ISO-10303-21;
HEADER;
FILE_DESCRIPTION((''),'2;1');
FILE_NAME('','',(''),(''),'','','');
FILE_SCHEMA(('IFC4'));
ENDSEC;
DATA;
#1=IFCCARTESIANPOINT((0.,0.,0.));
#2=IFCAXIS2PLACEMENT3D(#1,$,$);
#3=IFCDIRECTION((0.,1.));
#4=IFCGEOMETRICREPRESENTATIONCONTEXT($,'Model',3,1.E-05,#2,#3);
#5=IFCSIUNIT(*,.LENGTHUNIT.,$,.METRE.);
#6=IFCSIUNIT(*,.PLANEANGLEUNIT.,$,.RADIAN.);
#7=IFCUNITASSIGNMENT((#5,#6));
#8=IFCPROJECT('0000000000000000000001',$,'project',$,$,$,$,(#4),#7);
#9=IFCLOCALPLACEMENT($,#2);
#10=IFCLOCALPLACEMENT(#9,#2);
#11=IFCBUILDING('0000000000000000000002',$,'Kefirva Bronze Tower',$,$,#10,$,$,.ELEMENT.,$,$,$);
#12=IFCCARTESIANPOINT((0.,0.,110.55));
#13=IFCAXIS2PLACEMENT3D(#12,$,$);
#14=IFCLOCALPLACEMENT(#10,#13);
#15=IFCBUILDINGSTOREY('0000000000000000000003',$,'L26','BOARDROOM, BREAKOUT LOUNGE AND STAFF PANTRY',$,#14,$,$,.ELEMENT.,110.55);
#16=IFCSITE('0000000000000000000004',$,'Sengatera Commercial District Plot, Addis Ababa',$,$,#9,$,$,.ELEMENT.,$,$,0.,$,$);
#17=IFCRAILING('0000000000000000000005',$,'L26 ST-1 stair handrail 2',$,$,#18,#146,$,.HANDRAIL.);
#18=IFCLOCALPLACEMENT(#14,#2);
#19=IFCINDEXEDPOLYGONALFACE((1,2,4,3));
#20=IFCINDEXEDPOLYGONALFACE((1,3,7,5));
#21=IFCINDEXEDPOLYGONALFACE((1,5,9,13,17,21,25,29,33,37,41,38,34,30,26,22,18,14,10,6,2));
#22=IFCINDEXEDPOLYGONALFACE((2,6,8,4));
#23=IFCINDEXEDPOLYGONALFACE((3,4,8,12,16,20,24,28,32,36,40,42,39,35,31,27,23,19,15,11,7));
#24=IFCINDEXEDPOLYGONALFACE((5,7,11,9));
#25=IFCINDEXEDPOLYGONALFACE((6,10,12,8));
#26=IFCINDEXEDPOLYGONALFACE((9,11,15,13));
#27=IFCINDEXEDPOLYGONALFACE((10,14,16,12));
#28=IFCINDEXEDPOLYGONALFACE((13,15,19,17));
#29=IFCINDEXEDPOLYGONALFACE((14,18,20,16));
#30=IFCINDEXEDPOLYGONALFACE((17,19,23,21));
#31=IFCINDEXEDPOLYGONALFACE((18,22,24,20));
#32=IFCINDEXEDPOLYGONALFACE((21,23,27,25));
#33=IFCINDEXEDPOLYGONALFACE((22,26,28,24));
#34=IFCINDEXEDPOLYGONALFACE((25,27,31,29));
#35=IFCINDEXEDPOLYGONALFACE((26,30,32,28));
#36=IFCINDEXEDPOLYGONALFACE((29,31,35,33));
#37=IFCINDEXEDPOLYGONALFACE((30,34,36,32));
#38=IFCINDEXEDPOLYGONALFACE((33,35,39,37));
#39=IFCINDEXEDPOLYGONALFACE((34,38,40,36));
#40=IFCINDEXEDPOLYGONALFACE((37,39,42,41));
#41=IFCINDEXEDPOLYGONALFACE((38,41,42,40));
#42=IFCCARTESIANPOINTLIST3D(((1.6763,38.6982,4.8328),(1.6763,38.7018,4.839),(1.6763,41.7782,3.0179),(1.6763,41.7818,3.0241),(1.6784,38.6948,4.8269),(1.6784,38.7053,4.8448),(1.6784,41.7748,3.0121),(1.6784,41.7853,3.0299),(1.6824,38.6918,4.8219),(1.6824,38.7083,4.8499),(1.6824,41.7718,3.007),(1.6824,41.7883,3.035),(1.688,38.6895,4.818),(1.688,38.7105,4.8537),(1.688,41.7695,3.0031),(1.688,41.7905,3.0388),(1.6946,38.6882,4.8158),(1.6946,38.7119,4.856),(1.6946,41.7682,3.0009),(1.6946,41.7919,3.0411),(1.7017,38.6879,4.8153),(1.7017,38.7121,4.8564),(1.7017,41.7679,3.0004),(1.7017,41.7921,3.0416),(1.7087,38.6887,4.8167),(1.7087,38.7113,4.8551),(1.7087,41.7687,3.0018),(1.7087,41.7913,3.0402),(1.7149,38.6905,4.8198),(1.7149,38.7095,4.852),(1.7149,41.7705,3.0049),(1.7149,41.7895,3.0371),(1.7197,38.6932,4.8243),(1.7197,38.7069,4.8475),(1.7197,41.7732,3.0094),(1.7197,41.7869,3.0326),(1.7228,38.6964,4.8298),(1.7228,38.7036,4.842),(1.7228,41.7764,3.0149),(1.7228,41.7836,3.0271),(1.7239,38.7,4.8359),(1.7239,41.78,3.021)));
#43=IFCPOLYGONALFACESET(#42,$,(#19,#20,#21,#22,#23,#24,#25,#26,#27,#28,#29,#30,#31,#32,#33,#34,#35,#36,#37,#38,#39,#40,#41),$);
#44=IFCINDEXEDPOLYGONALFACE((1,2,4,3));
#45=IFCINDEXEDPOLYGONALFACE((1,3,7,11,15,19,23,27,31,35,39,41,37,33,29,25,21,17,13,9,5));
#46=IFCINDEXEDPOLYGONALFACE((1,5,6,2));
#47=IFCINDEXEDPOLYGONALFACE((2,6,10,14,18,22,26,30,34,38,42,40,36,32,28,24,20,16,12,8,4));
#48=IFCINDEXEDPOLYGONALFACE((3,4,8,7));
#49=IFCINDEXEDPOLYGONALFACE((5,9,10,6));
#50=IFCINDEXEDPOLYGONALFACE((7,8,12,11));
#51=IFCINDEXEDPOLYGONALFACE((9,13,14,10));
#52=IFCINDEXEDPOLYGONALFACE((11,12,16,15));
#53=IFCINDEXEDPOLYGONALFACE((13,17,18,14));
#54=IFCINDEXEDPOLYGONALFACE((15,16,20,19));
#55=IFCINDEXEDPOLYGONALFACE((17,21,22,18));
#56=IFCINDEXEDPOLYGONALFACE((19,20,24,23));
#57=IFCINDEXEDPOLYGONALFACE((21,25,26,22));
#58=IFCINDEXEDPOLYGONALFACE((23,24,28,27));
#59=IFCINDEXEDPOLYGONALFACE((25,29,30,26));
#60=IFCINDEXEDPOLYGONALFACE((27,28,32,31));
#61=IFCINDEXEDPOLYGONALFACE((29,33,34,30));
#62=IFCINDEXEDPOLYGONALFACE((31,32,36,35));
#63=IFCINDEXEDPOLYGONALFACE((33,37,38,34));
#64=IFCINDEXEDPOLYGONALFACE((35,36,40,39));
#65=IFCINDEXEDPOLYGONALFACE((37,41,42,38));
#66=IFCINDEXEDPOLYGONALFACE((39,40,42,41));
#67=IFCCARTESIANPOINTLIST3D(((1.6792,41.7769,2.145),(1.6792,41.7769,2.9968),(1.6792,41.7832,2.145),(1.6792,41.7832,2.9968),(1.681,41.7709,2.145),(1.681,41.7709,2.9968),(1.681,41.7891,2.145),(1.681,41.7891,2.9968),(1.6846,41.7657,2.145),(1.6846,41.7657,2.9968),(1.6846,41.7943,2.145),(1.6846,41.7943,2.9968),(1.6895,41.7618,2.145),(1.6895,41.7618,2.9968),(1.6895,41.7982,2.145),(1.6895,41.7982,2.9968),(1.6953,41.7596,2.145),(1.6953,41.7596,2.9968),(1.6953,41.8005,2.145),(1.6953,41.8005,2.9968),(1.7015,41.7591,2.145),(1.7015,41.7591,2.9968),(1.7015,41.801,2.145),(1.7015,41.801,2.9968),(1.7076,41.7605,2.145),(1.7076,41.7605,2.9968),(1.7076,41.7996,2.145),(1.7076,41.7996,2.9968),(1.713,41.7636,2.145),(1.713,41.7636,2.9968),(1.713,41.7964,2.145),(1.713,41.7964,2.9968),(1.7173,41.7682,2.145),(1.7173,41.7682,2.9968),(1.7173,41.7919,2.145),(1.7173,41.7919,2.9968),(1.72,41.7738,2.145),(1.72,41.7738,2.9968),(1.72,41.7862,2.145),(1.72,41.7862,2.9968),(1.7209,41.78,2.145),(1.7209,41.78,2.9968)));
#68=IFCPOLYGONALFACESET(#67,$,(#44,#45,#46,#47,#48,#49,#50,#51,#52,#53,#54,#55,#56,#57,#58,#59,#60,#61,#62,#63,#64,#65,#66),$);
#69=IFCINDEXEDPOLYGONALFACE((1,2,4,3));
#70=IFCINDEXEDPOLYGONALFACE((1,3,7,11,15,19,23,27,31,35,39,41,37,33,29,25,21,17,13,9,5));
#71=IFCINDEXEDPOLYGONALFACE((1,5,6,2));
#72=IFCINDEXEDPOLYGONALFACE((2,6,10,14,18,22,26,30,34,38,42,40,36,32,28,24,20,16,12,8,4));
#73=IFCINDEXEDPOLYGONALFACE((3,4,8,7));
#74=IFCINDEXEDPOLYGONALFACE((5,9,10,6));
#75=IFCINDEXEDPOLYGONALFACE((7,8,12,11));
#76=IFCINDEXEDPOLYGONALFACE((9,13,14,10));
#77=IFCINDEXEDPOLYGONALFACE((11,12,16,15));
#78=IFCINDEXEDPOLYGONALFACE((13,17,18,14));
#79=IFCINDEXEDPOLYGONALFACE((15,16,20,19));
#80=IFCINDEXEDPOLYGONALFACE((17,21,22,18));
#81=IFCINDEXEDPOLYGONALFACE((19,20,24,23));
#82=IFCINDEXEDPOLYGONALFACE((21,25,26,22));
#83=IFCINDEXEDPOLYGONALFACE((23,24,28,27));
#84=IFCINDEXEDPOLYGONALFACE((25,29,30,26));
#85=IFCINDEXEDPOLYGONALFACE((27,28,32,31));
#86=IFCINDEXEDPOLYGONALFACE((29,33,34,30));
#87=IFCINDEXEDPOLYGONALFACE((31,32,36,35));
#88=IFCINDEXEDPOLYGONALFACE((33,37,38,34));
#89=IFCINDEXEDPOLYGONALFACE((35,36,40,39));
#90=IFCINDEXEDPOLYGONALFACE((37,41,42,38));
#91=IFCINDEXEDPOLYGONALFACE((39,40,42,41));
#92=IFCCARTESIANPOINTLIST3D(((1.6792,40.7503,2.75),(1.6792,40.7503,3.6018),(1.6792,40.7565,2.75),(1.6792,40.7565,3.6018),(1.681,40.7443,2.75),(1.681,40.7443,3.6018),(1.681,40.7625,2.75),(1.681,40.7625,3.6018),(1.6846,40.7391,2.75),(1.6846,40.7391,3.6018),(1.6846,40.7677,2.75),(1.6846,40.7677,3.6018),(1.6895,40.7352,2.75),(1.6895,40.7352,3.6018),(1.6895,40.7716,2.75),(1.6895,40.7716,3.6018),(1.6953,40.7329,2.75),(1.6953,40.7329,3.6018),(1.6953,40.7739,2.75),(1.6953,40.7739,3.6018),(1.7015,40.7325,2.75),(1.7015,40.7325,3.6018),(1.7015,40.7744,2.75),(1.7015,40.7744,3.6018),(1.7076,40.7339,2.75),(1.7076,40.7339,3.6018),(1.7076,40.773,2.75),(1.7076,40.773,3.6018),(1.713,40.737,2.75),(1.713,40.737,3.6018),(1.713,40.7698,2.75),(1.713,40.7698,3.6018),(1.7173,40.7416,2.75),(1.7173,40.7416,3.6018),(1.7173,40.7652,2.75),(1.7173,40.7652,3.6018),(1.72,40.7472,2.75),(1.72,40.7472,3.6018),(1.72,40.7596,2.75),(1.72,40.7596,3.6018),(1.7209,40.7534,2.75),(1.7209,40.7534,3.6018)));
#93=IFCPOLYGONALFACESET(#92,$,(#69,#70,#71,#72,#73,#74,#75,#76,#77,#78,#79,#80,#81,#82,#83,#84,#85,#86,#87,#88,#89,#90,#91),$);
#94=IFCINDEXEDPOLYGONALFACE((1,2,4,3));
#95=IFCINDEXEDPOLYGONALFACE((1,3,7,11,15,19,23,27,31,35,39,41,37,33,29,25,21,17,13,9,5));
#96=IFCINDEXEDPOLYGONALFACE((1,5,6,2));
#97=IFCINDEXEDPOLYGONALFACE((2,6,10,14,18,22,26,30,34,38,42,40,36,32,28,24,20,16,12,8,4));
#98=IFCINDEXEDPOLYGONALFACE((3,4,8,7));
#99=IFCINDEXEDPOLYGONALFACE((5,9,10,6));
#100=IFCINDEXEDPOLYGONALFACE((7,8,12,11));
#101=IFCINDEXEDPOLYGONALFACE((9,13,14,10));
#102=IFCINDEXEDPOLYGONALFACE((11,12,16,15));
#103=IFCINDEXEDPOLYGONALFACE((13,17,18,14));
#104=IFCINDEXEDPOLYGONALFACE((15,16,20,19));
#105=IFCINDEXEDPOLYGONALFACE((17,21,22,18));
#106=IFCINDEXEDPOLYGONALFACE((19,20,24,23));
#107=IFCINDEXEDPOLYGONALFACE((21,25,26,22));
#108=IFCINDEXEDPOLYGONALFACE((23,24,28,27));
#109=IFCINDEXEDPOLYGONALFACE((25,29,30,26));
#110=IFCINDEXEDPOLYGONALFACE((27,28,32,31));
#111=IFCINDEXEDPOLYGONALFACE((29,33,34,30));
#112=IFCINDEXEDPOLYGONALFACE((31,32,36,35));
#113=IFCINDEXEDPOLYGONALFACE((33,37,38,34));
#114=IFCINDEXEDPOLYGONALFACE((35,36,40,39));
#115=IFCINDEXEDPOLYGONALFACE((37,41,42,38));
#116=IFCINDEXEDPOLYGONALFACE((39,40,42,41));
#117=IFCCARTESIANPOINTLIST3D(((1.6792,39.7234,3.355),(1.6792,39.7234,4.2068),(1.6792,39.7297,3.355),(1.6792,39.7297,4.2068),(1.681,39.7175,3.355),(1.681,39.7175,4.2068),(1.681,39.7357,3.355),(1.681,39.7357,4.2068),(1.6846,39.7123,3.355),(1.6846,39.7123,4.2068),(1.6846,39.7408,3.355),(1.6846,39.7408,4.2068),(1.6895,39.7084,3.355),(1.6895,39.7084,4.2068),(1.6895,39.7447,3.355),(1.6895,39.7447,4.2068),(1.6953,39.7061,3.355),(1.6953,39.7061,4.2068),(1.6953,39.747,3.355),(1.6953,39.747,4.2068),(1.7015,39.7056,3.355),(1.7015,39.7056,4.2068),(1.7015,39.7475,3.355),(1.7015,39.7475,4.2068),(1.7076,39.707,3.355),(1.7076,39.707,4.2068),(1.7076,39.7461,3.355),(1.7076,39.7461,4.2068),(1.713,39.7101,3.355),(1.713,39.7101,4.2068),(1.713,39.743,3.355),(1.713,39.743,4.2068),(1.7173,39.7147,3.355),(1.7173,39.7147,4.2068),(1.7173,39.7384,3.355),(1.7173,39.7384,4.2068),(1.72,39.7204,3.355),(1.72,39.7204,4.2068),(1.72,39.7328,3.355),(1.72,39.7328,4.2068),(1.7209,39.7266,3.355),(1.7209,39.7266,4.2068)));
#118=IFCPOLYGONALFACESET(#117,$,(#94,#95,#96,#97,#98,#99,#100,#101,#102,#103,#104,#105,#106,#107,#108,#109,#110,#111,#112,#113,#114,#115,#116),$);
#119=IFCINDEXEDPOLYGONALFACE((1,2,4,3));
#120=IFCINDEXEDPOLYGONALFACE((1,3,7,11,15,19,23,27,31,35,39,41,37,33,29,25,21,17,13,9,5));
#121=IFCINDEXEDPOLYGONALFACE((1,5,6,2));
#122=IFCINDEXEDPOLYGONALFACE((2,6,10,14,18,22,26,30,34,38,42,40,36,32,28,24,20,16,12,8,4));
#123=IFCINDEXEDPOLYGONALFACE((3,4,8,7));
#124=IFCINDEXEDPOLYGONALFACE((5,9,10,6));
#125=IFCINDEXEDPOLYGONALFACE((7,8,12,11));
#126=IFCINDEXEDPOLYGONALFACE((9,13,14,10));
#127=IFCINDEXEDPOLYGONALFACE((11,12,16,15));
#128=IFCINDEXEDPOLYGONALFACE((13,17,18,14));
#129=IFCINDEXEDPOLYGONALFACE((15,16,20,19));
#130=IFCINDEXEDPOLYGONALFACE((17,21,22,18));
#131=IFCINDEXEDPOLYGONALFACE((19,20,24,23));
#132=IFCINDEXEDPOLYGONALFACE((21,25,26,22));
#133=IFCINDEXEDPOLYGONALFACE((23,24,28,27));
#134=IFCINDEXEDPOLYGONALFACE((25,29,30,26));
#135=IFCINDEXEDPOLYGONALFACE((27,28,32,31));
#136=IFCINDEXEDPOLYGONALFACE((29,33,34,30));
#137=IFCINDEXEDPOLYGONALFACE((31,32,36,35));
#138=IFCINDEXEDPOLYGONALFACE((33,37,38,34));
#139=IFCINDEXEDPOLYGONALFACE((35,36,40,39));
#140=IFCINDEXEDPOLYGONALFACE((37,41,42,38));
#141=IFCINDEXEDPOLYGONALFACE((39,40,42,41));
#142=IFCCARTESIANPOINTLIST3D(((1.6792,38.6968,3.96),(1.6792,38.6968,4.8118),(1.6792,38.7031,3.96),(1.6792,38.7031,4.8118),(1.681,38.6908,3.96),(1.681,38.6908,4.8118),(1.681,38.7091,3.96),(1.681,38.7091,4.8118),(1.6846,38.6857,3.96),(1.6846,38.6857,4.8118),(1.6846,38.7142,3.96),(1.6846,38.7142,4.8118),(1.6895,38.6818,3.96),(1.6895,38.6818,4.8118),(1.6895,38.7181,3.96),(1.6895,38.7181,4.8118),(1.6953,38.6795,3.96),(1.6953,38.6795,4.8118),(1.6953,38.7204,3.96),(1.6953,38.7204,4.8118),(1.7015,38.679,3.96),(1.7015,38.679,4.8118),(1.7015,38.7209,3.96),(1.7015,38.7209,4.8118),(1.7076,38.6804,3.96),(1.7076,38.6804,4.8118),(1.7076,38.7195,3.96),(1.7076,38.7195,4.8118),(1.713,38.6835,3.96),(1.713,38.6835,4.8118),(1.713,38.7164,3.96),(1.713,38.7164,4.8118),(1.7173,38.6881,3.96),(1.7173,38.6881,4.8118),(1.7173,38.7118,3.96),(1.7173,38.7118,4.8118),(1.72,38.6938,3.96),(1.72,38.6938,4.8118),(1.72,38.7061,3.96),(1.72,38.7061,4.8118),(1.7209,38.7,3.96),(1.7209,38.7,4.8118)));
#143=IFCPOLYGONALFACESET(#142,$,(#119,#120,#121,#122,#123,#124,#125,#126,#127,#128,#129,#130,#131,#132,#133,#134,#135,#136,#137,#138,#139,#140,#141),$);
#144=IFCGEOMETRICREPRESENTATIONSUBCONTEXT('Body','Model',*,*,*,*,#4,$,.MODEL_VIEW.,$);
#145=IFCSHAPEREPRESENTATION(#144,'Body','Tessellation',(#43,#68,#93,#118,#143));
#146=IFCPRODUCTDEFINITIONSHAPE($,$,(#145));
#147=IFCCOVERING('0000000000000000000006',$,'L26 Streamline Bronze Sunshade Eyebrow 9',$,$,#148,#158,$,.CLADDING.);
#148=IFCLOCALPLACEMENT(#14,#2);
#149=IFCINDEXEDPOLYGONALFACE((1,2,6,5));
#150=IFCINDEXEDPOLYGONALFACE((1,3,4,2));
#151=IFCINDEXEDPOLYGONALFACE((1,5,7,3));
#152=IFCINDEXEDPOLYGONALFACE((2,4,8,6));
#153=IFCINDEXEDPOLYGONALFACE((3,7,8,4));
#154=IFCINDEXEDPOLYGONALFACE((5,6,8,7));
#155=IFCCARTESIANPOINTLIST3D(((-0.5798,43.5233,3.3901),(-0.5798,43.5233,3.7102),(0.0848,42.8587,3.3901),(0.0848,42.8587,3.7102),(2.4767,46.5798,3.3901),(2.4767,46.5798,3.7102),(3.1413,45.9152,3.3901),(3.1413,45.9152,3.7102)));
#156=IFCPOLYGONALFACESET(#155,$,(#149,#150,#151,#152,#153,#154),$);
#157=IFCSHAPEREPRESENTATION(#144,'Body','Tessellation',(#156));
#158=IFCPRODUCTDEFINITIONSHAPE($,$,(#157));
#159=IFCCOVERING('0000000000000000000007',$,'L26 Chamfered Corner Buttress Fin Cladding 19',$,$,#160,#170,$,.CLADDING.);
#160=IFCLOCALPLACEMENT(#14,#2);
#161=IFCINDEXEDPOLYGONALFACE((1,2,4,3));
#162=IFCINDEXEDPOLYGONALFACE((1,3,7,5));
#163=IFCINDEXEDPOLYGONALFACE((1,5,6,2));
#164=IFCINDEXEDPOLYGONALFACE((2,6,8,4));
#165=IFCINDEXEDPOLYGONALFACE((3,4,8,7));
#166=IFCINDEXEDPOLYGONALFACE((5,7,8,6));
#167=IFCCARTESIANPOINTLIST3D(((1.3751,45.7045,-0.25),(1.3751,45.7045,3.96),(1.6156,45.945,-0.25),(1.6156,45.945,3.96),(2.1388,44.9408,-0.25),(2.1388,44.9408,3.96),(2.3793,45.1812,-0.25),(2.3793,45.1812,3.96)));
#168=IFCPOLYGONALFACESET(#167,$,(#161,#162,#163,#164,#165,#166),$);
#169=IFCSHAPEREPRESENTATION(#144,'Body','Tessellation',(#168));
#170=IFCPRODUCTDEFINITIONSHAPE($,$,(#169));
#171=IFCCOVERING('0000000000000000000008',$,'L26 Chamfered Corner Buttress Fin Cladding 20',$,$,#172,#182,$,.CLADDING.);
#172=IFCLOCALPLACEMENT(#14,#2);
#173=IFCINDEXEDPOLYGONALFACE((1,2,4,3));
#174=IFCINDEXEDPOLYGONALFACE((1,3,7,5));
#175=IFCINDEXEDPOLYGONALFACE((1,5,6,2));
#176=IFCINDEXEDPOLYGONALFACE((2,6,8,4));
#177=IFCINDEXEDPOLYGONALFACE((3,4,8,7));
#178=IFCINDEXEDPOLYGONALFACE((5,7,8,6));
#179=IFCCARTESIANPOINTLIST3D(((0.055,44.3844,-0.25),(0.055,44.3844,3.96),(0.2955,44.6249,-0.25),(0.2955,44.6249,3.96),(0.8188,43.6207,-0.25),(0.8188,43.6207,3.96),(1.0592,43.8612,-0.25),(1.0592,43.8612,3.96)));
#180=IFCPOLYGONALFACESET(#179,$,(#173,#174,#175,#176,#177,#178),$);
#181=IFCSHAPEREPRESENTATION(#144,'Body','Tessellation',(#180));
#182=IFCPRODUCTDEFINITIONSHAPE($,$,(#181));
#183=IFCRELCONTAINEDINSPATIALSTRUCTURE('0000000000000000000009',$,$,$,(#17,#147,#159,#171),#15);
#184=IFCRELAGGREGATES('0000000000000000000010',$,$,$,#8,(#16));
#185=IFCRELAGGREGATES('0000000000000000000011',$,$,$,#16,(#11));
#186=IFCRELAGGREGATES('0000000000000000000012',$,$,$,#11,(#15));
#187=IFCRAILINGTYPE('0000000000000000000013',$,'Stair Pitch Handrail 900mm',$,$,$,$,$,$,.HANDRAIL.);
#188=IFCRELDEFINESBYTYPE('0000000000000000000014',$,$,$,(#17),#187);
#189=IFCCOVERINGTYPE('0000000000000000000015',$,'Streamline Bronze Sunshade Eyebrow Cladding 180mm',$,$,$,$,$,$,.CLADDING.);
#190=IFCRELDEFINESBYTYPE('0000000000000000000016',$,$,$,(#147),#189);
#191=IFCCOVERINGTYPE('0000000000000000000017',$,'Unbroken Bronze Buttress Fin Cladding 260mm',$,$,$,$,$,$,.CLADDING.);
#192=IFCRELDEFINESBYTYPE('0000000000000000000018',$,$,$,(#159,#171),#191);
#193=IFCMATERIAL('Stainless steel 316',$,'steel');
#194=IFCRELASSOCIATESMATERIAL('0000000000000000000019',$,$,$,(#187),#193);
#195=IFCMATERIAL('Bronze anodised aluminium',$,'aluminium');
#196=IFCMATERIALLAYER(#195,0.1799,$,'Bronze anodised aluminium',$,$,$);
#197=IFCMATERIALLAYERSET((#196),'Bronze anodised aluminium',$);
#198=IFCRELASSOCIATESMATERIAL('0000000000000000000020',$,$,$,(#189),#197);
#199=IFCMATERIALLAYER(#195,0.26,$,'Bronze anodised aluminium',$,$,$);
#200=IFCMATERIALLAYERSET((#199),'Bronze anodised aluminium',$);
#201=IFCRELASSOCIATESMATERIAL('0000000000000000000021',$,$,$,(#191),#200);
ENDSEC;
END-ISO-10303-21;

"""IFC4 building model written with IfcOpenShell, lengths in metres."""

from ifc_helpers import new_model, si_unit, direction, frame, origin, origin_2d, place, context, subcontext, project, spatial, rectangle, circle, extrude, material, layer, layer_set, type_object, element, save


model = new_model("IFC4")

# Units and contexts
model_context = context("Model", 3, precision=1e-05, world=origin(), true_north=direction((0.0, 1.0)))
body_context = subcontext(model_context, "Body", "Model", "MODEL_VIEW")
ifc_project = project(units=[si_unit("LENGTHUNIT", "METRE"), si_unit("PLANEANGLEUNIT", "RADIAN")], contexts=[model_context])

# Site, building, storey
site_placement = place(None, origin())
site = spatial("IfcSite", under=ifc_project, at=site_placement, Name="Sengatera Commercial District Plot, Addis Ababa", CompositionType="ELEMENT", RefElevation=0.0)
building_placement = place(site_placement, origin())
building = spatial("IfcBuilding", under=site, at=building_placement, Name="Kefirva Bronze Tower", CompositionType="ELEMENT")
storey_placement = place(building_placement, frame((0.0, 0.0, 110.55)))
storey = spatial("IfcBuildingStorey", under=building, at=storey_placement, Name="L26", Description="BOARDROOM, BREAKOUT LOUNGE AND STAFF PANTRY", CompositionType="ELEMENT", Elevation=110.55)

# Shared definitions
ifc_material_1 = material(Name="Stainless steel 316", Category="steel")

# Shared definitions
ifc_material_2 = material(Name="Bronze anodised aluminium", Category="aluminium")

# Railing
railing_type_1 = type_object("IfcRailingType", Name="Stair Pitch Handrail 900mm", PredefinedType="HANDRAIL", material=ifc_material_1)
railing_1_placement = place(storey_placement, frame((1.7, 41.78, 2.145)))
element("IfcRailing", 1, at=railing_1_placement, inside=storey, type_object=railing_type_1, Name="L26 ST-1 stair handrail 2", PredefinedType="HANDRAIL", context=body_context, shape_type="SweptSolid", body=[
    extrude(circle(Radius=0.0239, at=origin_2d()), frame((0.0, 0.0, 0.876), z_axis=(0.0, -0.861551, 0.507671), x_axis=(1.0, 0.0, 0.0)), (0.0, 0.0, 1.0), 3.575),
    extrude(circle(Radius=0.021, at=origin_2d()), origin(), (0.0, 0.0, 1.0), 0.8518),
    extrude(circle(Radius=0.021, at=origin_2d()), frame((0.0, -1.0266, 0.605)), (0.0, 0.0, 1.0), 0.8518),
    extrude(circle(Radius=0.021, at=origin_2d()), frame((0.0, -2.0535, 1.21)), (0.0, 0.0, 1.0), 0.8518),
    extrude(circle(Radius=0.021, at=origin_2d()), frame((0.0, -3.0801, 1.8149)), (0.0, 0.0, 1.0), 0.8518),
])

# Coverings
ifc_layer_1 = layer(ifc_material_2, 0.1799, Name="Bronze anodised aluminium")
ifc_layer_set_1 = layer_set([ifc_layer_1], Name="Bronze anodised aluminium")
covering_type_1 = type_object("IfcCoveringType", Name="Streamline Bronze Sunshade Eyebrow Cladding 180mm", PredefinedType="CLADDING", material=ifc_layer_set_1)
covering_1_placement = place(storey_placement, frame((1.2808, 44.7192, 3.3901), z_axis=(0.0, 0.0, 1.0), x_axis=(-0.707107, -0.707107, 0.0)))
element("IfcCovering", 2, at=covering_1_placement, inside=storey, type_object=covering_type_1, Name="L26 Streamline Bronze Sunshade Eyebrow 9", PredefinedType="CLADDING", context=body_context, shape_type="SweptSolid", body=[
    extrude(rectangle(XDim=4.3225, YDim=0.9399, at=origin_2d()), origin(), (0.0, 0.0, 1.0), 0.3201),
])
ifc_layer_2 = layer(ifc_material_2, 0.26, Name="Bronze anodised aluminium")
ifc_layer_set_2 = layer_set([ifc_layer_2], Name="Bronze anodised aluminium")
covering_type_2 = type_object("IfcCoveringType", Name="Unbroken Bronze Buttress Fin Cladding 260mm", PredefinedType="CLADDING", material=ifc_layer_set_2)
for number, where, z_axis, x_axis, name in (
    (3, (1.8772, 45.4429, -0.25), (0.0, 0.0, 1.0), (-0.707107, -0.707107, 0.0), "L26 Chamfered Corner Buttress Fin Cladding 19"),
    (4, (0.5571, 44.1228, -0.25), (0.0, 0.0, 1.0), (-0.707107, -0.707107, 0.0), "L26 Chamfered Corner Buttress Fin Cladding 20"),
):
    element("IfcCovering", number, at=place(storey_placement, frame(where, z_axis=z_axis, x_axis=x_axis)), inside=storey, type_object=covering_type_2, Name=name, PredefinedType="CLADDING", context=body_context, shape_type="SweptSolid", body=[
        extrude(rectangle(XDim=0.3401, YDim=1.0801, at=origin_2d()), origin(), (0.0, 0.0, 1.0), 4.21),
    ])

save(model, "model.ifc")
